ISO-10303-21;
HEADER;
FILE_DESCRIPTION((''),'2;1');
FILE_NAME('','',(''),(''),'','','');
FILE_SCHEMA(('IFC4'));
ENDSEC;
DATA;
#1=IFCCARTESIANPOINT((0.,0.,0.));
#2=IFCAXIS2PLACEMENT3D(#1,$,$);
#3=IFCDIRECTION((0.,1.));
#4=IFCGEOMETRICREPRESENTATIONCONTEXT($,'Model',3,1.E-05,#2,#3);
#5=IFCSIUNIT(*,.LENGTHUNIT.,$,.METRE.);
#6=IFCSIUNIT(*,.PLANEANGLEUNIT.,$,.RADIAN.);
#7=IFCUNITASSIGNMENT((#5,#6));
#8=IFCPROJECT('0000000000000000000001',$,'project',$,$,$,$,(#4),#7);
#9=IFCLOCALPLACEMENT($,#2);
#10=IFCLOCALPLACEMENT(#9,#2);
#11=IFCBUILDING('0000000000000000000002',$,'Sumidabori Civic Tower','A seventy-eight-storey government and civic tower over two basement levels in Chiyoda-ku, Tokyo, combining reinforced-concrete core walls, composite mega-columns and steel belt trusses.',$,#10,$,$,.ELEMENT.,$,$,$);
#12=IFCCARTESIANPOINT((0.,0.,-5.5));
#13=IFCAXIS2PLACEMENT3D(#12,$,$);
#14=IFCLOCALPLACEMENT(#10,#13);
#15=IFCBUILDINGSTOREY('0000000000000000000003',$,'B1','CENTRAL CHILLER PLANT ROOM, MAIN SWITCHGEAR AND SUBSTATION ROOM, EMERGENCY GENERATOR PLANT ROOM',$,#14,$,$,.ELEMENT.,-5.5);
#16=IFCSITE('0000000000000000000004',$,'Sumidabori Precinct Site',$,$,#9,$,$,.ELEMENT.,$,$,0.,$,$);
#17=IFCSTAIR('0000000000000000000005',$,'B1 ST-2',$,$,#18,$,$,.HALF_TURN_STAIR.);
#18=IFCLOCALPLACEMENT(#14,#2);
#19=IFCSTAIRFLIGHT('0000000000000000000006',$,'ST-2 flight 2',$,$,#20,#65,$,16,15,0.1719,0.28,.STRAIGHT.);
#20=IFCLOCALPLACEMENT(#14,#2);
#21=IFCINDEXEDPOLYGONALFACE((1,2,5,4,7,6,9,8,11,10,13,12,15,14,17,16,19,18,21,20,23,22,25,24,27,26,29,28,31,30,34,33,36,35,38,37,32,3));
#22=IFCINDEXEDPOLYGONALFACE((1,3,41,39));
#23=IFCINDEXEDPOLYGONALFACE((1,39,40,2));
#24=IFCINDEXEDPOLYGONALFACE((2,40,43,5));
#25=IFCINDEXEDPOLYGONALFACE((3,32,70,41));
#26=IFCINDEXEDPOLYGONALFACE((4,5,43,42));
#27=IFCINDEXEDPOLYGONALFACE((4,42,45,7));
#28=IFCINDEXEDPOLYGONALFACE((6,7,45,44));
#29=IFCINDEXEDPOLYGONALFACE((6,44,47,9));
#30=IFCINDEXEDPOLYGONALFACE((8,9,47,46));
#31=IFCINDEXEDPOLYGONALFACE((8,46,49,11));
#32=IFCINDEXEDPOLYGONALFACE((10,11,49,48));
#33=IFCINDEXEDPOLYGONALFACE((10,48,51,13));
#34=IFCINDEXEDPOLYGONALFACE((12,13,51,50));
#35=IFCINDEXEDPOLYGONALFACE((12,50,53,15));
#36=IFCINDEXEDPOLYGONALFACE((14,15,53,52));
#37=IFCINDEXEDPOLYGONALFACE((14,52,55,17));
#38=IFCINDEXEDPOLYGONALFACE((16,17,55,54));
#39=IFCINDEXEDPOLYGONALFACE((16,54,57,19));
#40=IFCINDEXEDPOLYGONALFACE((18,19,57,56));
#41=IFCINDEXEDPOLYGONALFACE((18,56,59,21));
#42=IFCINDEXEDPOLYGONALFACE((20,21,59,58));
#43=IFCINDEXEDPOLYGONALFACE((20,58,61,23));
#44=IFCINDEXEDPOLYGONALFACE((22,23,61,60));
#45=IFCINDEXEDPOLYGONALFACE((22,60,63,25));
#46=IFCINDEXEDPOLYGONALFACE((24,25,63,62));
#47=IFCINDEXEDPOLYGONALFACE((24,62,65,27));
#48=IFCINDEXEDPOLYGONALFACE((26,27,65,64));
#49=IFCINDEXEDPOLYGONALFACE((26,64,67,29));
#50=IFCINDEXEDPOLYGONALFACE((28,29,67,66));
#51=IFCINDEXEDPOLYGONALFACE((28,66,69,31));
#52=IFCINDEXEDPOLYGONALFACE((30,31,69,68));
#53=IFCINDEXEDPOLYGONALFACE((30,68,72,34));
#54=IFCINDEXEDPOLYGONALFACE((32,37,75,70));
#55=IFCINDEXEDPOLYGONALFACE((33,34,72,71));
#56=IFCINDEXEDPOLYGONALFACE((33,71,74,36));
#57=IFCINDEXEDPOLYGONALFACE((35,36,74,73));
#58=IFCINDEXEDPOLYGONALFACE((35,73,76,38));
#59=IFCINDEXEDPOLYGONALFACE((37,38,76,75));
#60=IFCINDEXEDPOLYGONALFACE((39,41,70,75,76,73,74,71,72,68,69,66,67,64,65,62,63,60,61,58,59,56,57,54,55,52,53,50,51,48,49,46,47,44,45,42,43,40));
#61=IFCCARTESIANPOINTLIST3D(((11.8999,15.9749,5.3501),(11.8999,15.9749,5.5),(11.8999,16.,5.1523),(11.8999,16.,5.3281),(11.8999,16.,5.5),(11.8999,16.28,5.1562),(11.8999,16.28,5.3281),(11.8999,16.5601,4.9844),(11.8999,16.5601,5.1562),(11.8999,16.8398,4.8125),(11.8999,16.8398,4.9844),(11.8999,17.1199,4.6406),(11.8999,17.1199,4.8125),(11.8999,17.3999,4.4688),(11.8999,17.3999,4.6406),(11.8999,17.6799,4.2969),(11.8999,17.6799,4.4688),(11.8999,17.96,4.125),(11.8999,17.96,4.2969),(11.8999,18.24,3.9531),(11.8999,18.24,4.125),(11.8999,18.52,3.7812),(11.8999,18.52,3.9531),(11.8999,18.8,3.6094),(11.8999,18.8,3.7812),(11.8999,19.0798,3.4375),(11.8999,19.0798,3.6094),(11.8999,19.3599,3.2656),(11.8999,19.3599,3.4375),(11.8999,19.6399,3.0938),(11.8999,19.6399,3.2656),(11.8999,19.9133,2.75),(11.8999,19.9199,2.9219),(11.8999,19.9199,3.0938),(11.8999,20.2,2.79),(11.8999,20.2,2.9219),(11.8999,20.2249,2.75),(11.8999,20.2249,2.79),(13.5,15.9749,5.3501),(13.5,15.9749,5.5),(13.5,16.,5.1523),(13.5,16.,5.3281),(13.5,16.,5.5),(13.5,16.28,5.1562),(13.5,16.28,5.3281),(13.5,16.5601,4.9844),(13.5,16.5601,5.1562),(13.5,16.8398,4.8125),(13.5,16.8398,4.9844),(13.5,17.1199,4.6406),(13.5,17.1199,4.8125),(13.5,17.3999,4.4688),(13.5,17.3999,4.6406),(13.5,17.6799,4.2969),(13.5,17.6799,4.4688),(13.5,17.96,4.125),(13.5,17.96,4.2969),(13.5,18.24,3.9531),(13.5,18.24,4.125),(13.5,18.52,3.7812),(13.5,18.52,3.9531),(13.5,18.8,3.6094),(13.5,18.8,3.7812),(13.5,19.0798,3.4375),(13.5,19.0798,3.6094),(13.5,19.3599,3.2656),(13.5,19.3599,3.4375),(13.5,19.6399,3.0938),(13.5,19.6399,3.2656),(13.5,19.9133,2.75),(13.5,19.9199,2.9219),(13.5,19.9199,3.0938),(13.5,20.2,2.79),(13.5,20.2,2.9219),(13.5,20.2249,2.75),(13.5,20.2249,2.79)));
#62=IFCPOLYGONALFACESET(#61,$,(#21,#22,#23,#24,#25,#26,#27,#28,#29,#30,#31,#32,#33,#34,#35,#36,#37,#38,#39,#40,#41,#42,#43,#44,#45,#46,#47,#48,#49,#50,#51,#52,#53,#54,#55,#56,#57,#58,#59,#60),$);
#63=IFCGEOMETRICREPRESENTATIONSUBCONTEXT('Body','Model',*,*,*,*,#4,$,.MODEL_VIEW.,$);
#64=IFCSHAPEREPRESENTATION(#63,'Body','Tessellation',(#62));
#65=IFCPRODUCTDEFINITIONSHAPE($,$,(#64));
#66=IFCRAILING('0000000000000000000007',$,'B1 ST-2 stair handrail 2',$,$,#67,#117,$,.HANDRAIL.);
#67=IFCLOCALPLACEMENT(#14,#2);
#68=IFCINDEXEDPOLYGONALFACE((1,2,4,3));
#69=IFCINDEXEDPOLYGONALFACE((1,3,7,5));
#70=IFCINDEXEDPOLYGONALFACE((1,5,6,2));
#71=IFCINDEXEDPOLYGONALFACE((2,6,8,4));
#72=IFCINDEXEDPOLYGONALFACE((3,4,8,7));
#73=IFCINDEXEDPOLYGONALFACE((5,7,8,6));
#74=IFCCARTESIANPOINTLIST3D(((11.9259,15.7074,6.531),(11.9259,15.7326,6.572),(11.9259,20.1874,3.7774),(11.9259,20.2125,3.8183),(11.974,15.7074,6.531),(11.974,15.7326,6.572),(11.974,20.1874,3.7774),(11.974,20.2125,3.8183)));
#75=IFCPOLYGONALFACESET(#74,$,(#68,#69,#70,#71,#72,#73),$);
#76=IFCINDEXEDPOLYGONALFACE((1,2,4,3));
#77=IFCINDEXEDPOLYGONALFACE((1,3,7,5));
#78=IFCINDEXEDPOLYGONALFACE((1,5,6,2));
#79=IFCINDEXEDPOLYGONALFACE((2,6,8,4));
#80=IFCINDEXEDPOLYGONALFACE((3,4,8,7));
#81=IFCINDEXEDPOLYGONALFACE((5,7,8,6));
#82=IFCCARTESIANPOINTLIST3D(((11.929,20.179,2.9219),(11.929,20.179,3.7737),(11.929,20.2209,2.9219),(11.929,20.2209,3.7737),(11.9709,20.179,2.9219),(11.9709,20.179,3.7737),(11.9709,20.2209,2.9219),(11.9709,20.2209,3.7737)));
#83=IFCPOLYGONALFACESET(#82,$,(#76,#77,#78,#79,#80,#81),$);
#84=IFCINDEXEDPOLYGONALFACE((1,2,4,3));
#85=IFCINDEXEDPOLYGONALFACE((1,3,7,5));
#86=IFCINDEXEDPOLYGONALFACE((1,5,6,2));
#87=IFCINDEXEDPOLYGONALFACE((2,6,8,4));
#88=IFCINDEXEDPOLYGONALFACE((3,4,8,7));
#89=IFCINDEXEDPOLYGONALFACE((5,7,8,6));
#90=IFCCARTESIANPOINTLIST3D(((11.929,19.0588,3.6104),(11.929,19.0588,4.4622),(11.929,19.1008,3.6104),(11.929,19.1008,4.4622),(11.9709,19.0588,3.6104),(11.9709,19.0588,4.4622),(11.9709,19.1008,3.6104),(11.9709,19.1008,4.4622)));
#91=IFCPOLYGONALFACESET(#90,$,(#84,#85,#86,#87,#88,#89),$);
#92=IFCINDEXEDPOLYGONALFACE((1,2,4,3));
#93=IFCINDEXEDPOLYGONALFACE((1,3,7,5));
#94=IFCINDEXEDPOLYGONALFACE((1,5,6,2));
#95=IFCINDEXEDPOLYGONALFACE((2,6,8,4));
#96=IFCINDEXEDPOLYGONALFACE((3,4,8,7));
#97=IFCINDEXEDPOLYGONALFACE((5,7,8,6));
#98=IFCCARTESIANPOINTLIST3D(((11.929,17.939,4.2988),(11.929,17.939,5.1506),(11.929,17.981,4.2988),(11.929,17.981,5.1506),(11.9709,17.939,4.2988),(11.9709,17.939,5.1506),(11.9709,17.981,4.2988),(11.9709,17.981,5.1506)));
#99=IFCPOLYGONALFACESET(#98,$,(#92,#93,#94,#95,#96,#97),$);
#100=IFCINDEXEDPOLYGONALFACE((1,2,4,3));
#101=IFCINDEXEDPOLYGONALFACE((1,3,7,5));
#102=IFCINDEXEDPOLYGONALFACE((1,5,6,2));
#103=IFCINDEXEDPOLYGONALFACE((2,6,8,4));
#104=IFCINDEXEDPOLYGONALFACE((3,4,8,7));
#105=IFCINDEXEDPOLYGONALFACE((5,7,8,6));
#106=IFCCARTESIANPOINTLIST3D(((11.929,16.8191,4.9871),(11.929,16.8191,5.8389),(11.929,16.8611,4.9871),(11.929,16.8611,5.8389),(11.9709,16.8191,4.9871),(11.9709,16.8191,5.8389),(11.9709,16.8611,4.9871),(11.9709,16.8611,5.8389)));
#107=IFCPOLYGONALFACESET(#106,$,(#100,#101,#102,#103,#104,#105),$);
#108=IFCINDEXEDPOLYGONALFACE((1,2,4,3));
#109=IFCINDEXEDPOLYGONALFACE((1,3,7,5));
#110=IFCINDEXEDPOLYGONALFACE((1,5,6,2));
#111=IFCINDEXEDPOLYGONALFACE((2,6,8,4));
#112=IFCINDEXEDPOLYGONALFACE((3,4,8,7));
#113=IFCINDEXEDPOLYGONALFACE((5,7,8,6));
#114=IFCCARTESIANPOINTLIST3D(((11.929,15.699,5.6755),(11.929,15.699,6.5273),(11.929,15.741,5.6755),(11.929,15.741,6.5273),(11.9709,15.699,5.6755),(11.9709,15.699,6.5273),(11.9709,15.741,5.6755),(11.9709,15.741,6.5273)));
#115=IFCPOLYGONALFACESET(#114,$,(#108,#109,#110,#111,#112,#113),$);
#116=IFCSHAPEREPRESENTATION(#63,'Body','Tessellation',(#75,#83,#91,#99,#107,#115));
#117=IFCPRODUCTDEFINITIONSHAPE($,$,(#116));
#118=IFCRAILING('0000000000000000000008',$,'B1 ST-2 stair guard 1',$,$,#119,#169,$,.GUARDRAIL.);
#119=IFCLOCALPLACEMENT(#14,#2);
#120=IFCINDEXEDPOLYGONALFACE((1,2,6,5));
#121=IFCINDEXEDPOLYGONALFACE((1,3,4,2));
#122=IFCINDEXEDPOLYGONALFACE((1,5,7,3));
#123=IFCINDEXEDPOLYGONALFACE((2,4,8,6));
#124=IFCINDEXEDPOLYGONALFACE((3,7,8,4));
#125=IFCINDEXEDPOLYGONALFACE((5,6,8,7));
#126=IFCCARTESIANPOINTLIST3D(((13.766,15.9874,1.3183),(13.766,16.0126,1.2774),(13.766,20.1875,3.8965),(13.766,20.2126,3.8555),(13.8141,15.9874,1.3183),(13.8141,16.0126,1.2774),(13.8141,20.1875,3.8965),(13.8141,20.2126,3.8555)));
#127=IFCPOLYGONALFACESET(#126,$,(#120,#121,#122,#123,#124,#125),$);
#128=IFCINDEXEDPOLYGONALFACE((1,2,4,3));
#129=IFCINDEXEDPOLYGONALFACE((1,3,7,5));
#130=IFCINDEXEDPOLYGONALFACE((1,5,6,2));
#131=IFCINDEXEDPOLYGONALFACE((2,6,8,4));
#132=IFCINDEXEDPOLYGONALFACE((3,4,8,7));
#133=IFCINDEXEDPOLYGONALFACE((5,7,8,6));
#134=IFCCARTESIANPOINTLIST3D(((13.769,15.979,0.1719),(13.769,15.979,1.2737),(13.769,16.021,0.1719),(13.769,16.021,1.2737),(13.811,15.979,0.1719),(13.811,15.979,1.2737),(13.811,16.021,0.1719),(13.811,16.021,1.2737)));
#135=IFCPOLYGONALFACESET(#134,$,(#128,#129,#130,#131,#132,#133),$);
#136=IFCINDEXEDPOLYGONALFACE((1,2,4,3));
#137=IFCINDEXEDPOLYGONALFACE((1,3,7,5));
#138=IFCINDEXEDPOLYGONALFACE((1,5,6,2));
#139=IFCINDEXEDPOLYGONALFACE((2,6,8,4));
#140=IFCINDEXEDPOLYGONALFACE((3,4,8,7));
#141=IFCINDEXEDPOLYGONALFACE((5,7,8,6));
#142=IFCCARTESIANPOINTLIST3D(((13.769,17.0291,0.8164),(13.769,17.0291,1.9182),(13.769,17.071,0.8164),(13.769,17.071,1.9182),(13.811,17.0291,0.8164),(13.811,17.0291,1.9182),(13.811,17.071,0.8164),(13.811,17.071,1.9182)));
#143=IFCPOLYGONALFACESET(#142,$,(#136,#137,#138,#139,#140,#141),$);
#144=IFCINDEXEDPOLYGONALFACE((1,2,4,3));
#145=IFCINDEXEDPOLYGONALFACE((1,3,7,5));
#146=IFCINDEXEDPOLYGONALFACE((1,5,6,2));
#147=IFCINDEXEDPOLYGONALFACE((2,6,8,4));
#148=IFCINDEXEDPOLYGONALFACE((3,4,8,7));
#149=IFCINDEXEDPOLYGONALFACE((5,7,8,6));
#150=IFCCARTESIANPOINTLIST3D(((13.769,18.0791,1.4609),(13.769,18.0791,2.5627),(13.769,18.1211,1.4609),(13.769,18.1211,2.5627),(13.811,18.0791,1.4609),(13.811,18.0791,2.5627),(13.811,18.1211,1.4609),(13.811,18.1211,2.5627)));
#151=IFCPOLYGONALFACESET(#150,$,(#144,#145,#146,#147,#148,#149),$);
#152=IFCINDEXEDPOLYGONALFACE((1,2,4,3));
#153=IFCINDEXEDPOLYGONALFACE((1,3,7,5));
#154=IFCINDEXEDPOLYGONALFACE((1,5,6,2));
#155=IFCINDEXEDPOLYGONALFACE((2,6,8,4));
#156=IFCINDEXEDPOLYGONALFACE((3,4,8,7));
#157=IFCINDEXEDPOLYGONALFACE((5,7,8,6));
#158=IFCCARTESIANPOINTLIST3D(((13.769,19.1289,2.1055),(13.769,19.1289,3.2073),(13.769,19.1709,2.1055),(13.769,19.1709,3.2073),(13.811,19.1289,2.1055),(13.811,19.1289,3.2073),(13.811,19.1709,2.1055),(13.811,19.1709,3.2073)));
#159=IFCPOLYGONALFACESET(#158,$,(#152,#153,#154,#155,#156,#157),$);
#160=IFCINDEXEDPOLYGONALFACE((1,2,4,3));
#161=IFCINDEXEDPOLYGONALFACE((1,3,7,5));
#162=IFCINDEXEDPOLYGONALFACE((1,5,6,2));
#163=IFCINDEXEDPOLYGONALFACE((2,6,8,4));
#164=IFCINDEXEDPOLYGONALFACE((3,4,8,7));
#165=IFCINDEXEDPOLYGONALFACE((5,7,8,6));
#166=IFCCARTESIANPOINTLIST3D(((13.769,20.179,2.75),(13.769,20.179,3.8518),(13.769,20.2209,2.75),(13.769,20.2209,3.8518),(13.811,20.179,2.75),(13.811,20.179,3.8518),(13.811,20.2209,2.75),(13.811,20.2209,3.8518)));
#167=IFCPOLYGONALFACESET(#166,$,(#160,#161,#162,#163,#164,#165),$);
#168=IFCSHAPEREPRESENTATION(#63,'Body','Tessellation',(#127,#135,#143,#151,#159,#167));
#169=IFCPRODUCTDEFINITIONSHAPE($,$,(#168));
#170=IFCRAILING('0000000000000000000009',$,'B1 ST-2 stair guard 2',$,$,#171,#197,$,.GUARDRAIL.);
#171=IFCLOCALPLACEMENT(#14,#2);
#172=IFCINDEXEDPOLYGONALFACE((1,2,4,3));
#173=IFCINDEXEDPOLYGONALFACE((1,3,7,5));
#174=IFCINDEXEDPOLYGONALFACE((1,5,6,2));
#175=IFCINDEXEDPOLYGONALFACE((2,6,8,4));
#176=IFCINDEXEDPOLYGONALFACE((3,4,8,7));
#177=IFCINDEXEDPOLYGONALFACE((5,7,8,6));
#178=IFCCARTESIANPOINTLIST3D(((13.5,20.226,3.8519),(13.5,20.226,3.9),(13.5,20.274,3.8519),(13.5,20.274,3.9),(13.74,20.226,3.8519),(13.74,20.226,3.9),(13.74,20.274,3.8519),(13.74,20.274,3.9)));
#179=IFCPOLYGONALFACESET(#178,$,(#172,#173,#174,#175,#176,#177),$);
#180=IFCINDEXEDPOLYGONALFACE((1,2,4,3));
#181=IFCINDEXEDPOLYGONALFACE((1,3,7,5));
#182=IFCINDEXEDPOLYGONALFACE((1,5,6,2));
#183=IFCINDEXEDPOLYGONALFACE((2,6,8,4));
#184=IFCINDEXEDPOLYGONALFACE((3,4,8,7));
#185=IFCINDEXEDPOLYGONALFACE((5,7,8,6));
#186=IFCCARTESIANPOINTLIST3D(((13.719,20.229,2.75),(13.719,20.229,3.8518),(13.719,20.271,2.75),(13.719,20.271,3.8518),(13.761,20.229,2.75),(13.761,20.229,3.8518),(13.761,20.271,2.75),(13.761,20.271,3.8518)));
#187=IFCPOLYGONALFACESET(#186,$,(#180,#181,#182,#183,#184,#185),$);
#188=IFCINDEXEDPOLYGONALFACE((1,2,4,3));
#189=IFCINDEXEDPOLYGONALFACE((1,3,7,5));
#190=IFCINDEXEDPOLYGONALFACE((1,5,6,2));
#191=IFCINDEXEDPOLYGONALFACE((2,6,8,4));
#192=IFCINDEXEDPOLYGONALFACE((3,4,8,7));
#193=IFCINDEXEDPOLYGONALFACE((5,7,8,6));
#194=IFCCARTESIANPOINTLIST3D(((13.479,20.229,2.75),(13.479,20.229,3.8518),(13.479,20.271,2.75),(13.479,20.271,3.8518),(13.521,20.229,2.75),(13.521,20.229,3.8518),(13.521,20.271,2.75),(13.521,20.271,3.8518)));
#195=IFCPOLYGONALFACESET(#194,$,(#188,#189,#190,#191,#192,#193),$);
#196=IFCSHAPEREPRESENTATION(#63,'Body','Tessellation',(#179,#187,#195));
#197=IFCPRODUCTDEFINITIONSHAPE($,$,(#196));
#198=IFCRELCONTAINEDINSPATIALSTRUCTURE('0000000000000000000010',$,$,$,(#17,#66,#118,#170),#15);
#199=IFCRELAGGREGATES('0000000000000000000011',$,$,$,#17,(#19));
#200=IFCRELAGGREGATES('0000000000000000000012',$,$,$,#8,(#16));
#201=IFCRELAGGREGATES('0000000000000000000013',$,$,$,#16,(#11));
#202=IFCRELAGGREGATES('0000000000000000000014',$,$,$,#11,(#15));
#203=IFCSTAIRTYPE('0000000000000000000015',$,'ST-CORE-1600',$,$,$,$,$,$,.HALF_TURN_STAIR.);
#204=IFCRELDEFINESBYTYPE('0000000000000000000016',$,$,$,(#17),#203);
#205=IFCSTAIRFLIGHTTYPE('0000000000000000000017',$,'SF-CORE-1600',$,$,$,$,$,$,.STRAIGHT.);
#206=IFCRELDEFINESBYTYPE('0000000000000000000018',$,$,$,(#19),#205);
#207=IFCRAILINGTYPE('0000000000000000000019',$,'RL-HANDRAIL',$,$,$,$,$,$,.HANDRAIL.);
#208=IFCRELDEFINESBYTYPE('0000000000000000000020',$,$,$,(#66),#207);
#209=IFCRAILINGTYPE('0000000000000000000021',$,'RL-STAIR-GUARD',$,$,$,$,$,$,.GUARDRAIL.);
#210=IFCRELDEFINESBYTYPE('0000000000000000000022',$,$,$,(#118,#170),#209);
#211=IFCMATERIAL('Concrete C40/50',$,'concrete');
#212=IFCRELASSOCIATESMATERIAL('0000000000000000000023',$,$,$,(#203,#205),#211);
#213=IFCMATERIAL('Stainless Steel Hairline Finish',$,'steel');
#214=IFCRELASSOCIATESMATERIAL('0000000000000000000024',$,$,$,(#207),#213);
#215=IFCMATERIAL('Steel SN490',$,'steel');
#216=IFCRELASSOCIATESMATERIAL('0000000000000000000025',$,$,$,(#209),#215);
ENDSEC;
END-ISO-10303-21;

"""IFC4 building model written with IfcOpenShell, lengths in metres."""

from ifc_helpers import new_model, si_unit, direction, frame, origin, origin_2d, place, context, subcontext, project, spatial, polyline, rectangle, outline, extrude, source, transform, mapped, material, type_object, element, aggregate, save


model = new_model("IFC4")

# Units and contexts
model_context = context("Model", 3, precision=1e-05, world=origin(), true_north=direction((0.0, 1.0)))
body_context = subcontext(model_context, "Body", "Model", "MODEL_VIEW")
ifc_project = project(units=[si_unit("LENGTHUNIT", "METRE"), si_unit("PLANEANGLEUNIT", "RADIAN")], contexts=[model_context])

# Site, building, storey
site_placement = place(None, origin())
site = spatial("IfcSite", under=ifc_project, at=site_placement, Name="Sumidabori Precinct Site", CompositionType="ELEMENT", RefElevation=0.0)
building_placement = place(site_placement, origin())
building = spatial("IfcBuilding", under=site, at=building_placement, Name="Sumidabori Civic Tower", Description="A seventy-eight-storey government and civic tower over two basement levels in Chiyoda-ku, Tokyo, combining reinforced-concrete core walls, composite mega-columns and steel belt trusses.", CompositionType="ELEMENT")
storey_placement = place(building_placement, frame((0.0, 0.0, -5.5)))
storey = spatial("IfcBuildingStorey", under=building, at=storey_placement, Name="B1", Description="CENTRAL CHILLER PLANT ROOM, MAIN SWITCHGEAR AND SUBSTATION ROOM, EMERGENCY GENERATOR PLANT ROOM", CompositionType="ELEMENT", Elevation=-5.5)

# Shared definitions
ifc_material_1 = material(Name="Steel SN490", Category="steel")

# Shared definitions
ifc_material_2 = material(Name="Stainless Steel Hairline Finish", Category="steel")

# Stair, stair flight
ifc_material_3 = material(Name="Concrete C40/50", Category="concrete")
stair_type = type_object("IfcStairType", Name="ST-CORE-1600", PredefinedType="HALF_TURN_STAIR", material=ifc_material_3)
stair_placement = place(storey_placement, origin())
stair = element("IfcStair", 1, at=stair_placement, inside=storey, type_object=stair_type, Name="B1 ST-2", PredefinedType="HALF_TURN_STAIR")
stair_flight_type = type_object("IfcStairFlightType", Name="SF-CORE-1600", PredefinedType="STRAIGHT", material=ifc_material_3)
shared_shape_1 = source(origin(), body_context, "Body", "SweptSolid", [
    extrude(outline(polyline([(-0.0249, 0.0), (-0.0249, 0.04), (0.0, 0.04), (0.0, 0.1719), (0.28, 0.1719), (0.28, 0.3438), (0.5601, 0.3438), (0.5601, 0.5156), (0.8401, 0.5156), (0.8401, 0.6875), (1.1201, 0.6875), (1.1201, 0.8594), (1.3999, 0.8594), (1.3999, 1.0312), (1.6799, 1.0312), (1.6799, 1.2031), (1.96, 1.2031), (1.96, 1.375), (2.24, 1.375), (2.24, 1.5469), (2.52, 1.5469), (2.52, 1.7188), (2.8, 1.7188), (2.8, 1.8906), (3.0801, 1.8906), (3.0801, 2.0625), (3.3601, 2.0625), (3.3601, 2.2344), (3.6399, 2.2344), (3.6399, 2.4062), (3.9199, 2.4062), (3.9199, 2.5781), (4.2, 2.5781), (4.2, 2.75), (4.2251, 2.75), (4.2251, 2.6001), (4.2, 2.4023), (0.2866, 0.0), (-0.0249, 0.0)])), frame((0.0, 0.8, 0.0), z_axis=(0.0, -1.0, 0.0), x_axis=(1.0, 0.0, 0.0)), (0.0, 0.0, 1.0), 1.6001),
])
stair_flight_1_placement = place(storey_placement, frame((12.7, 20.2, 2.75), z_axis=(0.0, 0.0, 1.0), x_axis=(0.0, -1.0, 0.0)))
stair_flight_1 = element("IfcStairFlight", 2, at=stair_flight_1_placement, type_object=stair_flight_type, Name="ST-2 flight 2", NumberOfRisers=16, NumberOfTreads=15, PredefinedType="STRAIGHT", RiserHeight=0.1719, TreadLength=0.28, context=body_context, shape_type="MappedRepresentation", body=[
    mapped(shared_shape_1, transform((0.0, 0.0, 0.0), x_axis=(1.0, 0.0, 0.0), y_axis=(0.0, 1.0, 0.0), z_axis=(0.0, 0.0, 1.0), scale=1.0)),
])
aggregate(stair, [stair_flight_1])

# Railings
railing_type_1 = type_object("IfcRailingType", Name="RL-HANDRAIL", PredefinedType="HANDRAIL", material=ifc_material_2)
railing_1_placement = place(storey_placement, frame((11.95, 20.2, 2.9219)))
element("IfcRailing", 3, at=railing_1_placement, inside=storey, type_object=railing_type_1, Name="B1 ST-2 stair handrail 2", PredefinedType="HANDRAIL", context=body_context, shape_type="SweptSolid", body=[
    extrude(rectangle(XDim=0.0481, YDim=0.0481, at=origin_2d()), frame((0.0, 0.0, 0.876), z_axis=(0.0, -0.851934, 0.523649), x_axis=(1.0, 0.0, 0.0)), (0.0, 0.0, 1.0), 5.2585),
    extrude(rectangle(XDim=0.042, YDim=0.042, at=origin_2d()), origin(), (0.0, 0.0, 1.0), 0.8518),
    extrude(rectangle(XDim=0.042, YDim=0.042, at=origin_2d()), frame((0.0, -1.1201, 0.6885)), (0.0, 0.0, 1.0), 0.8518),
    extrude(rectangle(XDim=0.042, YDim=0.042, at=origin_2d()), frame((0.0, -2.24, 1.377)), (0.0, 0.0, 1.0), 0.8518),
    extrude(rectangle(XDim=0.042, YDim=0.042, at=origin_2d()), frame((0.0, -3.3599, 2.0652)), (0.0, 0.0, 1.0), 0.8518),
    extrude(rectangle(XDim=0.042, YDim=0.042, at=origin_2d()), frame((0.0, -4.48, 2.7537)), (0.0, 0.0, 1.0), 0.8518),
])
railing_type_2 = type_object("IfcRailingType", Name="RL-STAIR-GUARD", PredefinedType="GUARDRAIL", material=ifc_material_1)
railing_2_placement = place(storey_placement, frame((13.79, 16.0, 0.1719)))
element("IfcRailing", 4, at=railing_2_placement, inside=storey, type_object=railing_type_2, Name="B1 ST-2 stair guard 1", PredefinedType="GUARDRAIL", context=body_context, shape_type="SweptSolid", body=[
    extrude(rectangle(XDim=0.0481, YDim=0.0481, at=origin_2d()), frame((0.0, 0.0, 1.126), z_axis=(0.0, 0.852243, 0.523146), x_axis=(-1.0, 0.0, 0.0)), (0.0, 0.0, 1.0), 4.9282),
    extrude(rectangle(XDim=0.042, YDim=0.042, at=origin_2d()), origin(), (0.0, 0.0, 1.0), 1.1018),
    extrude(rectangle(XDim=0.042, YDim=0.042, at=origin_2d()), frame((0.0, 1.05, 0.6445)), (0.0, 0.0, 1.0), 1.1018),
    extrude(rectangle(XDim=0.042, YDim=0.042, at=origin_2d()), frame((0.0, 2.1001, 1.2891)), (0.0, 0.0, 1.0), 1.1018),
    extrude(rectangle(XDim=0.042, YDim=0.042, at=origin_2d()), frame((0.0, 3.1499, 1.9336)), (0.0, 0.0, 1.0), 1.1018),
    extrude(rectangle(XDim=0.042, YDim=0.042, at=origin_2d()), frame((0.0, 4.2, 2.5781)), (0.0, 0.0, 1.0), 1.1018),
])
railing_3_placement = place(storey_placement, frame((13.74, 20.25, 2.75)))
element("IfcRailing", 5, at=railing_3_placement, inside=storey, type_object=railing_type_2, Name="B1 ST-2 stair guard 2", PredefinedType="GUARDRAIL", context=body_context, shape_type="SweptSolid", body=[
    extrude(rectangle(XDim=0.0481, YDim=0.0481, at=origin_2d()), frame((0.0, 0.0, 1.126), z_axis=(-1.0, 0.0, 0.0), x_axis=(0.0, -1.0, 0.0)), (0.0, 0.0, 1.0), 0.24),
    extrude(rectangle(XDim=0.042, YDim=0.042, at=origin_2d()), origin(), (0.0, 0.0, 1.0), 1.1018),
    extrude(rectangle(XDim=0.042, YDim=0.042, at=origin_2d()), frame((-0.24, 0.0, 0.0)), (0.0, 0.0, 1.0), 1.1018),
])

save(model, "model.ifc")
